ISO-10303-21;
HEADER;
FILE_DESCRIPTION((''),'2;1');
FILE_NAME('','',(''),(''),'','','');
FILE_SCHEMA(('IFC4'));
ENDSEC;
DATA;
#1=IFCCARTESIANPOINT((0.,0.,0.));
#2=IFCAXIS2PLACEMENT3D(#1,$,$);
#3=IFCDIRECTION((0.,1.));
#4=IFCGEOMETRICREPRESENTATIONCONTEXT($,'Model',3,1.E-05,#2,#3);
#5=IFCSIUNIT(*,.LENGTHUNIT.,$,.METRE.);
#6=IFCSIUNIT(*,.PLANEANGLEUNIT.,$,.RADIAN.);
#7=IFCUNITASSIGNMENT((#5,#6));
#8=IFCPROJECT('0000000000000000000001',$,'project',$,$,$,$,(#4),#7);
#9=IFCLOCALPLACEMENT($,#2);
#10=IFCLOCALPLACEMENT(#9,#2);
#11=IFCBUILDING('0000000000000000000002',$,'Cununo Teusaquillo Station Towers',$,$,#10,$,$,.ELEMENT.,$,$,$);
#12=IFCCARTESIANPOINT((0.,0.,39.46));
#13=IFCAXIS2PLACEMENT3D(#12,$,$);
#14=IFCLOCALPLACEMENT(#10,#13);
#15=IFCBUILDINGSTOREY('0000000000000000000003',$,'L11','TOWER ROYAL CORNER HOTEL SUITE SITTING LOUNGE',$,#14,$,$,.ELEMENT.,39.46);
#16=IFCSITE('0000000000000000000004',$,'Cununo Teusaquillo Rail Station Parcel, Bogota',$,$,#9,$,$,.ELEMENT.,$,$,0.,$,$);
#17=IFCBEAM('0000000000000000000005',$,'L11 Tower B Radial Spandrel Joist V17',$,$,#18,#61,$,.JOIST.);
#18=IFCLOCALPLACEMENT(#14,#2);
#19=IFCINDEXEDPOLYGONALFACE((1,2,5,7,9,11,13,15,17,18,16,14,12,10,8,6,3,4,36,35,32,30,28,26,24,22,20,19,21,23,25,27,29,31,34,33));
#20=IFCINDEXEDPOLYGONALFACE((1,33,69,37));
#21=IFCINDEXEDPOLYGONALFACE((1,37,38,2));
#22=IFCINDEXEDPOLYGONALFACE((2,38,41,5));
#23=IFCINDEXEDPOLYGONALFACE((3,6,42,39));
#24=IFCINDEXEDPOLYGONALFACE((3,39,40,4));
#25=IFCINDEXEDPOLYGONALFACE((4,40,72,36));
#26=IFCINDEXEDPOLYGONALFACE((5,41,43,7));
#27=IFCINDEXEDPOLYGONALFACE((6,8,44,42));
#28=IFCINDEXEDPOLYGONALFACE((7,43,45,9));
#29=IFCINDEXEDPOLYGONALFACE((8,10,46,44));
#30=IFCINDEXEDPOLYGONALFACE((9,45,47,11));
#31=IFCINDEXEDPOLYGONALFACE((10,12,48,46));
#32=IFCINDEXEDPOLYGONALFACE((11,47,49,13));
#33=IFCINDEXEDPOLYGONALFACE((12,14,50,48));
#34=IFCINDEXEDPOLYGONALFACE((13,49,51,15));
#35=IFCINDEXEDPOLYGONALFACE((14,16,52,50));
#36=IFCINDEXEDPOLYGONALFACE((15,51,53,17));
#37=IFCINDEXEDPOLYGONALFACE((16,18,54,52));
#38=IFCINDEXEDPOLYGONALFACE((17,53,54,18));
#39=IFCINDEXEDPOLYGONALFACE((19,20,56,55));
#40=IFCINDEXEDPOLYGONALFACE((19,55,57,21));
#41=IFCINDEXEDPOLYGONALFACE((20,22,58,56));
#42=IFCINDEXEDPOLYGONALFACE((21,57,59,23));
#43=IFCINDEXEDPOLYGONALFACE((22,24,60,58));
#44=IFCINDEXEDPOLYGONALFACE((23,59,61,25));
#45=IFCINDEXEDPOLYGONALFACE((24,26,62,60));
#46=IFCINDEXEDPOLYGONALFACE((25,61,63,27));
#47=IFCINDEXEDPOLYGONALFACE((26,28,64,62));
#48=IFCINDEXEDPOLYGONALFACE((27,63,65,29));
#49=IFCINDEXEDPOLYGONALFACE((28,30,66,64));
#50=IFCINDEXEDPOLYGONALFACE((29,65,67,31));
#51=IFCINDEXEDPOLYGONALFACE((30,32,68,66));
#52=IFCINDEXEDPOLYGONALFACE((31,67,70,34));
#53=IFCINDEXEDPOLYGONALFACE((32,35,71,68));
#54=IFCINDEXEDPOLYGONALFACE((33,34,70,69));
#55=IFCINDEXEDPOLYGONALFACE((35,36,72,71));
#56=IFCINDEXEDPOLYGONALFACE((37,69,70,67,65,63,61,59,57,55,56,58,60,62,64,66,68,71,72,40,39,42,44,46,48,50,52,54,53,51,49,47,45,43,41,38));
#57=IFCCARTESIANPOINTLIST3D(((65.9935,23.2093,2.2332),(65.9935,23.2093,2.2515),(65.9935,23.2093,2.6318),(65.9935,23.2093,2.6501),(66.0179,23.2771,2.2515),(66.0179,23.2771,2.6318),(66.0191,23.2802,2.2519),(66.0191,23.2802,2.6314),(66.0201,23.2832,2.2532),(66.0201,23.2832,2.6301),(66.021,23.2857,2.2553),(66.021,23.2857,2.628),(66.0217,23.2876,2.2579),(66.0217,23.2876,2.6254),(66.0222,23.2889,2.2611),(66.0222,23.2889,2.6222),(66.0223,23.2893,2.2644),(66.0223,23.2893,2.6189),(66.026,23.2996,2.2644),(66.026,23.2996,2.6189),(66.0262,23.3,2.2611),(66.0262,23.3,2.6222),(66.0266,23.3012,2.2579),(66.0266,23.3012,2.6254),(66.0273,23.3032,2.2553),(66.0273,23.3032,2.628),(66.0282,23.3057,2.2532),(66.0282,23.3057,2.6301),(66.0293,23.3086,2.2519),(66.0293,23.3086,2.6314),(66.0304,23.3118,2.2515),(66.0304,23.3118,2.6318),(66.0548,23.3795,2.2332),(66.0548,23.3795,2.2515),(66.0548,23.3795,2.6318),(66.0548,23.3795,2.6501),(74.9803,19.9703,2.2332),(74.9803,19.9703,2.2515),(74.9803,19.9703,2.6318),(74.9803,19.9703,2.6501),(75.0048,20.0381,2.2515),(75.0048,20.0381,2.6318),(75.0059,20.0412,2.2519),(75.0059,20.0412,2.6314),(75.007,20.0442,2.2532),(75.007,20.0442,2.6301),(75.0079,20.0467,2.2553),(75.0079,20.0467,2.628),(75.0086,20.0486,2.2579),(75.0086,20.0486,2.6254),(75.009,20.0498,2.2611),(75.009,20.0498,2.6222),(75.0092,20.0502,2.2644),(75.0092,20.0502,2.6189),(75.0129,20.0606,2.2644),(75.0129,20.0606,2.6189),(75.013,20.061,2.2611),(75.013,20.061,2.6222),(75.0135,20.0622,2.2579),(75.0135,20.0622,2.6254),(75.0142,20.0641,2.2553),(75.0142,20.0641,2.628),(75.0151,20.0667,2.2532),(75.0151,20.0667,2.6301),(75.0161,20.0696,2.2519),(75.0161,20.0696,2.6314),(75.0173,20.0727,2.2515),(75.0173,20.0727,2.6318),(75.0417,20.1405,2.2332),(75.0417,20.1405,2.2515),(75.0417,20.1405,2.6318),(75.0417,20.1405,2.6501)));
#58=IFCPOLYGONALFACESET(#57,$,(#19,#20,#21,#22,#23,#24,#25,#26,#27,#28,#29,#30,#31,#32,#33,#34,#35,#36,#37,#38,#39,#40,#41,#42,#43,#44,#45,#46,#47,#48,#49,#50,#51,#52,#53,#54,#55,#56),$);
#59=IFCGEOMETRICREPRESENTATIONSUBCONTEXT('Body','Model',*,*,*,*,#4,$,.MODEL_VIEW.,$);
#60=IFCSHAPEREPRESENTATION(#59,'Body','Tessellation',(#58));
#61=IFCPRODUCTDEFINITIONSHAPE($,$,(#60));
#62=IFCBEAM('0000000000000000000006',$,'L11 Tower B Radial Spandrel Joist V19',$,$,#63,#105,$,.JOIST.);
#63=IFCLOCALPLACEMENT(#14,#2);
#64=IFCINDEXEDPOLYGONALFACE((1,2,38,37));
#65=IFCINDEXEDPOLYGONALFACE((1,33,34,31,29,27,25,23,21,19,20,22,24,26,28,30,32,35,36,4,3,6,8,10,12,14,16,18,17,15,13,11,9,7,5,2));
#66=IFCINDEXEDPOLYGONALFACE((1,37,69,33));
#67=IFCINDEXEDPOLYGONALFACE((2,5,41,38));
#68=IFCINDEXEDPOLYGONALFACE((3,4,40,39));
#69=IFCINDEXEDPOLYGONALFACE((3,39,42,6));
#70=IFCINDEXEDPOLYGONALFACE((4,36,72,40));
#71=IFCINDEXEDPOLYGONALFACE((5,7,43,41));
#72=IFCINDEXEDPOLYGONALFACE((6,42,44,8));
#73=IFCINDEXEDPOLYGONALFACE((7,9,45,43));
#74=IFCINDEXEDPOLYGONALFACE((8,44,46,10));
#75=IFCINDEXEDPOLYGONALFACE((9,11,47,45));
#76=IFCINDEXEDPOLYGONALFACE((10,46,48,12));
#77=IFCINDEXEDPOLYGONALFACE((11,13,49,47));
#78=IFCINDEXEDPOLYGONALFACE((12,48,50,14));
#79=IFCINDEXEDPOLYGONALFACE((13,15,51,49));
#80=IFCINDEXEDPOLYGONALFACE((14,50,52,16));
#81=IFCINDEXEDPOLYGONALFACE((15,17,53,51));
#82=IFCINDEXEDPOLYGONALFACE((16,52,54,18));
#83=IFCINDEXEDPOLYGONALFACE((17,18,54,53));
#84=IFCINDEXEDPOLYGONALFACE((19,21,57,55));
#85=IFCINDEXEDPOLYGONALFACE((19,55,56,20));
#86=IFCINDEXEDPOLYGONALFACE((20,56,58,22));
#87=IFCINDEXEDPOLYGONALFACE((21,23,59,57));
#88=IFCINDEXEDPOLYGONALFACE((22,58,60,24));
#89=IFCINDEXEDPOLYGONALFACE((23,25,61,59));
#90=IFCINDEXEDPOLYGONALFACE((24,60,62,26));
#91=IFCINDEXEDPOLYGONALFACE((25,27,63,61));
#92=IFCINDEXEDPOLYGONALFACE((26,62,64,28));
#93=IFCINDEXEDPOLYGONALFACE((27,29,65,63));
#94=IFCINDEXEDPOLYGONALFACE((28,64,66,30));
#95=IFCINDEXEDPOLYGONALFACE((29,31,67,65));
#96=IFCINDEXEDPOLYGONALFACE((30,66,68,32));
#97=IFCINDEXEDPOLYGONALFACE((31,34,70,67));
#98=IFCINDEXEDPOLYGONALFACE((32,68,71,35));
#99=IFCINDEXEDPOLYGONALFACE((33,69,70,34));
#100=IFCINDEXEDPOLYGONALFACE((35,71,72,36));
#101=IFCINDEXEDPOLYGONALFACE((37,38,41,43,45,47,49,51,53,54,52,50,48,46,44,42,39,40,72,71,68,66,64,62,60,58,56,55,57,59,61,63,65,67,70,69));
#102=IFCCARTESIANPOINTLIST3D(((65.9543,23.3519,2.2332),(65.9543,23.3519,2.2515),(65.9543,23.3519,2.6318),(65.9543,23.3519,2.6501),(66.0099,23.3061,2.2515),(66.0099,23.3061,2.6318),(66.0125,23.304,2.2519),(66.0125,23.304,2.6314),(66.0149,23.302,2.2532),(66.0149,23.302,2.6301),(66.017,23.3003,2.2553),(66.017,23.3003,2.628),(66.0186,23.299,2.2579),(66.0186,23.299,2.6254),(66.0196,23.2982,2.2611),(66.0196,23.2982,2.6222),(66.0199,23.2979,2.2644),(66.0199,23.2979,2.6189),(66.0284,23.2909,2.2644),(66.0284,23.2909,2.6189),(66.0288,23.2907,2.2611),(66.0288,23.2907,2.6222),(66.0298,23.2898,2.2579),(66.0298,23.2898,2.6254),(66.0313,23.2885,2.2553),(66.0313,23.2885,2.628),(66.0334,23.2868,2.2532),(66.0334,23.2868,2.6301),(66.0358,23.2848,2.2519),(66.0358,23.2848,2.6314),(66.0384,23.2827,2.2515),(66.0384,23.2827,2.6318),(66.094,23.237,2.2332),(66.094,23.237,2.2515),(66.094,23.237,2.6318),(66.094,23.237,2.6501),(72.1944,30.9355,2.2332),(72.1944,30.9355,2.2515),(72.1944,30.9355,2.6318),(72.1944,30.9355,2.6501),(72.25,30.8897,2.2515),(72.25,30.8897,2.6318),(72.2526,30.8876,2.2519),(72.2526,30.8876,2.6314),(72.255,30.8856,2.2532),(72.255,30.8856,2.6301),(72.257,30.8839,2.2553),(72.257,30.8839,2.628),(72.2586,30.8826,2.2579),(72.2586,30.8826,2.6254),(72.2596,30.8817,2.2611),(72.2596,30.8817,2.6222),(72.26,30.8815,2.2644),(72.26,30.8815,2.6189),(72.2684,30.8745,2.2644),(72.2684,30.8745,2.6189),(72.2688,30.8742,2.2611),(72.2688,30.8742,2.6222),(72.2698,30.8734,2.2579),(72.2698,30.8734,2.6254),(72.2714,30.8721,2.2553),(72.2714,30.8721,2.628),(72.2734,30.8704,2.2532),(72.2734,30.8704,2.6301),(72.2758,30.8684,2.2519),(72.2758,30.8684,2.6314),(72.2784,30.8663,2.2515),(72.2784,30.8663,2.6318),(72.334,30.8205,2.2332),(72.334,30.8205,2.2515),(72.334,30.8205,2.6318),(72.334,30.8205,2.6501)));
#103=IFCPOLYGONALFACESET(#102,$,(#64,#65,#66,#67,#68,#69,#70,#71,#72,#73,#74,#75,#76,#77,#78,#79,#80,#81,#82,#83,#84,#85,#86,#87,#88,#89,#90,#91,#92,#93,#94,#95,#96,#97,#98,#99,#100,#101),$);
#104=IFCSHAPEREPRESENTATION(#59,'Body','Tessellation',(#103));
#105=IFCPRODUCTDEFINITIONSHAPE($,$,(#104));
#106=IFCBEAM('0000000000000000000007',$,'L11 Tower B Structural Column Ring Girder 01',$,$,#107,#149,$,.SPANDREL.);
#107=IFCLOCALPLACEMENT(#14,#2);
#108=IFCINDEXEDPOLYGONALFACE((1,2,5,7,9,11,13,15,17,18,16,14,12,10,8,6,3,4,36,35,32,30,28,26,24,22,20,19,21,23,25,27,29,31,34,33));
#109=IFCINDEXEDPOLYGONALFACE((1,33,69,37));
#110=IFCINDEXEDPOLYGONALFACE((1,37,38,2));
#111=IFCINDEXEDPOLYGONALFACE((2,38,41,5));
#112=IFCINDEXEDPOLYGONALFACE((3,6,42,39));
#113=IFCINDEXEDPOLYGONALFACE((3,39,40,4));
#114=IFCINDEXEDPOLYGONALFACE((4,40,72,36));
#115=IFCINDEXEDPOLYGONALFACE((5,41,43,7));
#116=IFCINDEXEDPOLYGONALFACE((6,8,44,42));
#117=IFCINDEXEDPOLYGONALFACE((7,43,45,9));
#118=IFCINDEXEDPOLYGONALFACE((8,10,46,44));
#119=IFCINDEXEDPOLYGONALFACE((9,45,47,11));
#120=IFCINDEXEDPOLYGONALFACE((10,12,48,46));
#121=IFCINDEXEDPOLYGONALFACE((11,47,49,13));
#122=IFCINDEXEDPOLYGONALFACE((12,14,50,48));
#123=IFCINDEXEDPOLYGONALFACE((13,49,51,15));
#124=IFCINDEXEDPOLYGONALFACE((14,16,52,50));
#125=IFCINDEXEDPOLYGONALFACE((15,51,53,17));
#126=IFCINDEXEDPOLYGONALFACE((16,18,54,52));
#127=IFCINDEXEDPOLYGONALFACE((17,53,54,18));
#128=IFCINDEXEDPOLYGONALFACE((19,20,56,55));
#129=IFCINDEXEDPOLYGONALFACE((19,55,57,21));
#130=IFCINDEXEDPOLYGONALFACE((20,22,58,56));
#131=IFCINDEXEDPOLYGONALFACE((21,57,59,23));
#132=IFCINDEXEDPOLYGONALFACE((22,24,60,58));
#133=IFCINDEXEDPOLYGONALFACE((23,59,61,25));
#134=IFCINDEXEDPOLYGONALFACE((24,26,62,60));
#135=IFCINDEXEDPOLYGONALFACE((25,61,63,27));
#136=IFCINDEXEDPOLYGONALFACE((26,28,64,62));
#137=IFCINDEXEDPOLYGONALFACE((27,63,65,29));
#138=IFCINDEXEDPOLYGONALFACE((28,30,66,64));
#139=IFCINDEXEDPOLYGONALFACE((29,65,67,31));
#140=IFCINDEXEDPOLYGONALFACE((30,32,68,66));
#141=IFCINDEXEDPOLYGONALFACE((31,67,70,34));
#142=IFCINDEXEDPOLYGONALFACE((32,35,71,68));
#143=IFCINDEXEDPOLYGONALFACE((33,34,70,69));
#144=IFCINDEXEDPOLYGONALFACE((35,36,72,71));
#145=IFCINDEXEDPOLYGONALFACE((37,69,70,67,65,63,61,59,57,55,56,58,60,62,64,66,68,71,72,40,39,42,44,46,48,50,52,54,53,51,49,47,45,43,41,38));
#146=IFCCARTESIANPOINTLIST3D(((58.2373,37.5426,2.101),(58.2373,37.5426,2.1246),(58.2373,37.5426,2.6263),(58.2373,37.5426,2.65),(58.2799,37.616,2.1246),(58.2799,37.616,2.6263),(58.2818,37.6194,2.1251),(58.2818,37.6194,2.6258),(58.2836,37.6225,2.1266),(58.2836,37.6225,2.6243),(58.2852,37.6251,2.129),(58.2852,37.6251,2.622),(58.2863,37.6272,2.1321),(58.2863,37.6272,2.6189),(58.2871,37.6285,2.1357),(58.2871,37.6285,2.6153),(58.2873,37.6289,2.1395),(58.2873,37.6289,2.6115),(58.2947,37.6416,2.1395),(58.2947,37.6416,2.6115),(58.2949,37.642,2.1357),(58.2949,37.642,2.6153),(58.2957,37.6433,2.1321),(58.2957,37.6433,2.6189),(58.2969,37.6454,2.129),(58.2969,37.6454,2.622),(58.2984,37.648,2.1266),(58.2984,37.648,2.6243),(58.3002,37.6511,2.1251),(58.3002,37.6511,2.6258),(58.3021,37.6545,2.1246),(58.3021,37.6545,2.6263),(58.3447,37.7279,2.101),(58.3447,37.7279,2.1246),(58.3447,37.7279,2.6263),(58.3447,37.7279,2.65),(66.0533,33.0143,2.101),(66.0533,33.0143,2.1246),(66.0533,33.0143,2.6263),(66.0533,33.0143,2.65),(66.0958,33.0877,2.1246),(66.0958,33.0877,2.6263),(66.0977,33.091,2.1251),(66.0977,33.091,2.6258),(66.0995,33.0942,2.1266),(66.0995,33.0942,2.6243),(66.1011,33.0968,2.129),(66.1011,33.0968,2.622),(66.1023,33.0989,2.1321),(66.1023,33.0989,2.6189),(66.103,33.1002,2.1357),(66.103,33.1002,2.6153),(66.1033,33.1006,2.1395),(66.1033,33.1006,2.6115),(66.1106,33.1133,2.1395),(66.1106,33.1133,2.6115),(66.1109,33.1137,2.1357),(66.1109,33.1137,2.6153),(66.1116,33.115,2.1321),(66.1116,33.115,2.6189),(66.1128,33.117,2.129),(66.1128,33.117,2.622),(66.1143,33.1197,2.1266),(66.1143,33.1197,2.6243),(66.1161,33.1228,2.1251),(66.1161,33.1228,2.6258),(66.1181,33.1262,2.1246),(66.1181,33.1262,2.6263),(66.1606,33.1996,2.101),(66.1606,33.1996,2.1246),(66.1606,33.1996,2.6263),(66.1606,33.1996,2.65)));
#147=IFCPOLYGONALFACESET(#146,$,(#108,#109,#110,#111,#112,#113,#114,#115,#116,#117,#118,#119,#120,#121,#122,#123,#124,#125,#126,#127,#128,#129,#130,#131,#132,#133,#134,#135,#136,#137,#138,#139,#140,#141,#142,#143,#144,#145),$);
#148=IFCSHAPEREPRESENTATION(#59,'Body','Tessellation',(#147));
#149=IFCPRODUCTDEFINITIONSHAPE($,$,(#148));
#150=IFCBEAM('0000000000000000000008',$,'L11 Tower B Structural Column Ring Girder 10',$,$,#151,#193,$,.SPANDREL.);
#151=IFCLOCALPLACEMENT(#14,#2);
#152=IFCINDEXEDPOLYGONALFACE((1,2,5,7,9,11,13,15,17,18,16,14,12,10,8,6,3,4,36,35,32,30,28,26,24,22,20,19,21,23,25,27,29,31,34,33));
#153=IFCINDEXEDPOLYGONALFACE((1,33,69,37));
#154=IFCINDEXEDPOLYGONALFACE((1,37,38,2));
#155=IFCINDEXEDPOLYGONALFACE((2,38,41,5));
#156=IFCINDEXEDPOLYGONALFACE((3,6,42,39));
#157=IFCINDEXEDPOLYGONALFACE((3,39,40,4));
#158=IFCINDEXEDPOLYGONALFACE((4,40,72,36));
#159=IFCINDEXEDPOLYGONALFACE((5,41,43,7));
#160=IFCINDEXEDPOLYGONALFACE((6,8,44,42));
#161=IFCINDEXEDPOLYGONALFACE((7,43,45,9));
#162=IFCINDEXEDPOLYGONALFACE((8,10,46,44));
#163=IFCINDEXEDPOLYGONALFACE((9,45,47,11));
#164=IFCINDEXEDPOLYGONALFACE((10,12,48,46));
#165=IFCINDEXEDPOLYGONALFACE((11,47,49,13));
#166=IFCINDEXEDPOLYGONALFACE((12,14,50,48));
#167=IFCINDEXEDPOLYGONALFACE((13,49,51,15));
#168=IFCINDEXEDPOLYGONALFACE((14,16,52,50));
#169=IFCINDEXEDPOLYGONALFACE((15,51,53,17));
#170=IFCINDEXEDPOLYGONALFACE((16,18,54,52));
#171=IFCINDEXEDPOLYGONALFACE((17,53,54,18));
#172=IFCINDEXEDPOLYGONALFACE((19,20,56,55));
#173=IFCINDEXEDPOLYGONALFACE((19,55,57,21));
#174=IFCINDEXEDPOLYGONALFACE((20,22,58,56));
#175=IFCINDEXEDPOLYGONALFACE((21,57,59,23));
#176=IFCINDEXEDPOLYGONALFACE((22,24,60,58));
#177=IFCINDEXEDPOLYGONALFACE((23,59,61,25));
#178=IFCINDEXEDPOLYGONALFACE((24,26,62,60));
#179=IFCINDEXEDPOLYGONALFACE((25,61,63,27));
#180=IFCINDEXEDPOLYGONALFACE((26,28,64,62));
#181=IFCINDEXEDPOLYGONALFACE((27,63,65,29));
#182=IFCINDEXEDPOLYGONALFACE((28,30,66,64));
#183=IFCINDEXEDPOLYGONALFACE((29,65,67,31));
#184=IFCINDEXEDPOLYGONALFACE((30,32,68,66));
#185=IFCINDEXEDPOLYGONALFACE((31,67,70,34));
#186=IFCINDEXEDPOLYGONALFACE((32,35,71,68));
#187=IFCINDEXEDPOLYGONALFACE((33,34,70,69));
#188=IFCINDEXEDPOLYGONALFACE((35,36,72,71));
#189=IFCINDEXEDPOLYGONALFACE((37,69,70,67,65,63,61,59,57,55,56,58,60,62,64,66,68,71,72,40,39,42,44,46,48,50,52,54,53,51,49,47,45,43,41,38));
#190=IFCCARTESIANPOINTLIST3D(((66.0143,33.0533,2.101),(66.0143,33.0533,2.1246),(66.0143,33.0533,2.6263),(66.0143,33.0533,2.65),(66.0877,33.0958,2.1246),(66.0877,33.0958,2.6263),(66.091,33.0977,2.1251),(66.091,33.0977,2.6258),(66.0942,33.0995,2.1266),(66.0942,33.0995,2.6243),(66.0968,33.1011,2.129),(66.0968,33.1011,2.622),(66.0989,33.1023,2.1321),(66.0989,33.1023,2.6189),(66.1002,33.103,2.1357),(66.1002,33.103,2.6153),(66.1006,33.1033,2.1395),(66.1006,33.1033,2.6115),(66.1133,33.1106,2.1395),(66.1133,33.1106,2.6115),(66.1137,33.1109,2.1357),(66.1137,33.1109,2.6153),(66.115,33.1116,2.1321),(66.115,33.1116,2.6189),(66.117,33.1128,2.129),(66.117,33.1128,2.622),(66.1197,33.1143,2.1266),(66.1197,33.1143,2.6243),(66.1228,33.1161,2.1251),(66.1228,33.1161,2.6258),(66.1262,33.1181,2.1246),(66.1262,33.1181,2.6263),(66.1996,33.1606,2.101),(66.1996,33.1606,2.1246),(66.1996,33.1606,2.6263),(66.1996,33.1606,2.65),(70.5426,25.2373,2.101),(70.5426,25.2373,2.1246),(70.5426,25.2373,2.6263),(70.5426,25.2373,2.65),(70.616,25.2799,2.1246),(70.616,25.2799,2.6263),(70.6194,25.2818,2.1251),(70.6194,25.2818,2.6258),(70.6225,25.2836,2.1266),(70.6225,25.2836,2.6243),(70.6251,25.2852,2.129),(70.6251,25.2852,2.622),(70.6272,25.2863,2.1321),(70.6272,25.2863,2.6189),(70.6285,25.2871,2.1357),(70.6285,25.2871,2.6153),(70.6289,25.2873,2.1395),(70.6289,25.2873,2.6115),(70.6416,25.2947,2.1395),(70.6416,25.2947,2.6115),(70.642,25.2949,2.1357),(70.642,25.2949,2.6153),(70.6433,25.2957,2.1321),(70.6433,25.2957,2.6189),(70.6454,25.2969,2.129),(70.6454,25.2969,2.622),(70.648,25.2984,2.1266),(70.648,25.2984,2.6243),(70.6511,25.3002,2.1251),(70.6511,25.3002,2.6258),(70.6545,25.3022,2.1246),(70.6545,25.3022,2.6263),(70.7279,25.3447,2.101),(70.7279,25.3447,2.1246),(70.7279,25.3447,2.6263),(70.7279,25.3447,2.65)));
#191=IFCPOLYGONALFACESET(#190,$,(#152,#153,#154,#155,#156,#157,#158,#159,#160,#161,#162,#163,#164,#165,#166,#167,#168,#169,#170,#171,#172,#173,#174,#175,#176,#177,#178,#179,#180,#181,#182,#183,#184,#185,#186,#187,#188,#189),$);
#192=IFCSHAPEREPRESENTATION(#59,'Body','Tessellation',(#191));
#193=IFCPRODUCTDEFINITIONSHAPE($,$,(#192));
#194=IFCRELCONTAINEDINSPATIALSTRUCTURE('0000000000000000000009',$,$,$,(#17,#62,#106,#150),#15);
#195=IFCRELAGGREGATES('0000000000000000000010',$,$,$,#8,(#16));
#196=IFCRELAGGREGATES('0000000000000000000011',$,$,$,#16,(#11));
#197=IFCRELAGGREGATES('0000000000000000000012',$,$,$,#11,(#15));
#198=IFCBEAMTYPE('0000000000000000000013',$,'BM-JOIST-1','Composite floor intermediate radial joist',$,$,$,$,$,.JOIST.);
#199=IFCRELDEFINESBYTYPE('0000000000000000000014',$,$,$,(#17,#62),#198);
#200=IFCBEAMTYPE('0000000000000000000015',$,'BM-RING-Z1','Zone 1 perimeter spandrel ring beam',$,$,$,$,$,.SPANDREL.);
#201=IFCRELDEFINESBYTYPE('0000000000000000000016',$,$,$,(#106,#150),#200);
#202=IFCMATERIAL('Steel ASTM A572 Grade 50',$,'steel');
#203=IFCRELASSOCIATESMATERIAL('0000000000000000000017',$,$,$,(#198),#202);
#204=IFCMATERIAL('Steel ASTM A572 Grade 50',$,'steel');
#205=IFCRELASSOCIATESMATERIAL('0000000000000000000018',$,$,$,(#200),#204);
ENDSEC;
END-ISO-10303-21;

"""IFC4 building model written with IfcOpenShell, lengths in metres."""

from ifc_helpers import new_model, si_unit, direction, frame, origin, origin_2d, place, context, subcontext, project, spatial, i_section, extrude, material, material_profile, profile_set, type_object, element, save


model = new_model("IFC4")

# Units and contexts
model_context = context("Model", 3, precision=1e-05, world=origin(), true_north=direction((0.0, 1.0)))
body_context = subcontext(model_context, "Body", "Model", "MODEL_VIEW")
ifc_project = project(units=[si_unit("LENGTHUNIT", "METRE"), si_unit("PLANEANGLEUNIT", "RADIAN")], contexts=[model_context])

# Site, building, storey
site_placement = place(None, origin())
site = spatial("IfcSite", under=ifc_project, at=site_placement, Name="Cununo Teusaquillo Rail Station Parcel, Bogota", CompositionType="ELEMENT", RefElevation=0.0)
building_placement = place(site_placement, origin())
building = spatial("IfcBuilding", under=site, at=building_placement, Name="Cununo Teusaquillo Station Towers", CompositionType="ELEMENT")
storey_placement = place(building_placement, frame((0.0, 0.0, 39.46)))
storey = spatial("IfcBuildingStorey", under=building, at=storey_placement, Name="L11", Description="TOWER ROYAL CORNER HOTEL SUITE SITTING LOUNGE", CompositionType="ELEMENT", Elevation=39.46)

# Beams
ifc_material_1 = material(Name="Steel ASTM A572 Grade 50", Category="steel")
ifc_material_profile_1 = material_profile(ifc_material_1, i_section(OverallWidth=0.1809, OverallDepth=0.417, WebThickness=0.011, FlangeThickness=0.0183, FilletRadius=0.0129, at=origin_2d()), Name="W16X57")
ifc_profile_set_1 = profile_set([ifc_material_profile_1], Name="Steel ASTM A572 Grade 50")
beam_type_1 = type_object("IfcBeamType", Name="BM-JOIST-1", Description="Composite floor intermediate radial joist", PredefinedType="JOIST", material=ifc_profile_set_1)
beam_1_placement = place(storey_placement, frame((66.0242, 23.2944, 2.4417), z_axis=(0.940762, -0.339068, 0.0), x_axis=(0.339068, 0.940762, 0.0)))
element("IfcBeam", 1, at=beam_1_placement, inside=storey, type_object=beam_type_1, Name="L11 Tower B Radial Spandrel Joist V17", PredefinedType="JOIST", context=body_context, shape_type="SweptSolid", body=[
    extrude(i_section(OverallWidth=0.1809, OverallDepth=0.417, WebThickness=0.011, FlangeThickness=0.0183, FilletRadius=0.0129, at=origin_2d()), origin(), (0.0, 0.0, 1.0), 9.5527),
])
beam_2_placement = place(storey_placement, frame((66.0242, 23.2944, 2.4417), z_axis=(0.635389, 0.772192, 0.0), x_axis=(-0.772192, 0.635389, 0.0)))
element("IfcBeam", 2, at=beam_2_placement, inside=storey, type_object=beam_type_1, Name="L11 Tower B Radial Spandrel Joist V19", PredefinedType="JOIST", context=body_context, shape_type="SweptSolid", body=[
    extrude(i_section(OverallWidth=0.1809, OverallDepth=0.417, WebThickness=0.011, FlangeThickness=0.0183, FilletRadius=0.0129, at=origin_2d()), origin(), (0.0, 0.0, 1.0), 9.8208),
])
ifc_material_2 = material(Name="Steel ASTM A572 Grade 50", Category="steel")
ifc_material_profile_2 = material_profile(ifc_material_2, i_section(OverallWidth=0.2141, OverallDepth=0.5491, WebThickness=0.0146, FlangeThickness=0.0237, FilletRadius=0.0149, at=origin_2d()), Name="W21X93")
ifc_profile_set_2 = profile_set([ifc_material_profile_2], Name="Steel ASTM A572 Grade 50")
beam_type_2 = type_object("IfcBeamType", Name="BM-RING-Z1", Description="Zone 1 perimeter spandrel ring beam", PredefinedType="SPANDREL", material=ifc_profile_set_2)
for number, where, z_axis, x_axis, name in (
    (3, (66.1069, 33.1069, 2.3755), (-0.865267, 0.501311, 0.0), (-0.501311, -0.865267, 0.0), "L11 Tower B Structural Column Ring Girder 01"),
    (4, (70.6353, 25.291, 2.3755), (-0.501311, 0.865267, 0.0), (-0.865267, -0.501311, 0.0), "L11 Tower B Structural Column Ring Girder 10"),
):
    element("IfcBeam", number, at=place(storey_placement, frame(where, z_axis=z_axis, x_axis=x_axis)), inside=storey, type_object=beam_type_2, Name=name, PredefinedType="SPANDREL", context=body_context, shape_type="SweptSolid", body=[
        extrude(i_section(OverallWidth=0.2141, OverallDepth=0.5491, WebThickness=0.0146, FlangeThickness=0.0237, FilletRadius=0.0149, at=origin_2d()), origin(), (0.0, 0.0, 1.0), 9.033),
    ])

save(model, "model.ifc")
